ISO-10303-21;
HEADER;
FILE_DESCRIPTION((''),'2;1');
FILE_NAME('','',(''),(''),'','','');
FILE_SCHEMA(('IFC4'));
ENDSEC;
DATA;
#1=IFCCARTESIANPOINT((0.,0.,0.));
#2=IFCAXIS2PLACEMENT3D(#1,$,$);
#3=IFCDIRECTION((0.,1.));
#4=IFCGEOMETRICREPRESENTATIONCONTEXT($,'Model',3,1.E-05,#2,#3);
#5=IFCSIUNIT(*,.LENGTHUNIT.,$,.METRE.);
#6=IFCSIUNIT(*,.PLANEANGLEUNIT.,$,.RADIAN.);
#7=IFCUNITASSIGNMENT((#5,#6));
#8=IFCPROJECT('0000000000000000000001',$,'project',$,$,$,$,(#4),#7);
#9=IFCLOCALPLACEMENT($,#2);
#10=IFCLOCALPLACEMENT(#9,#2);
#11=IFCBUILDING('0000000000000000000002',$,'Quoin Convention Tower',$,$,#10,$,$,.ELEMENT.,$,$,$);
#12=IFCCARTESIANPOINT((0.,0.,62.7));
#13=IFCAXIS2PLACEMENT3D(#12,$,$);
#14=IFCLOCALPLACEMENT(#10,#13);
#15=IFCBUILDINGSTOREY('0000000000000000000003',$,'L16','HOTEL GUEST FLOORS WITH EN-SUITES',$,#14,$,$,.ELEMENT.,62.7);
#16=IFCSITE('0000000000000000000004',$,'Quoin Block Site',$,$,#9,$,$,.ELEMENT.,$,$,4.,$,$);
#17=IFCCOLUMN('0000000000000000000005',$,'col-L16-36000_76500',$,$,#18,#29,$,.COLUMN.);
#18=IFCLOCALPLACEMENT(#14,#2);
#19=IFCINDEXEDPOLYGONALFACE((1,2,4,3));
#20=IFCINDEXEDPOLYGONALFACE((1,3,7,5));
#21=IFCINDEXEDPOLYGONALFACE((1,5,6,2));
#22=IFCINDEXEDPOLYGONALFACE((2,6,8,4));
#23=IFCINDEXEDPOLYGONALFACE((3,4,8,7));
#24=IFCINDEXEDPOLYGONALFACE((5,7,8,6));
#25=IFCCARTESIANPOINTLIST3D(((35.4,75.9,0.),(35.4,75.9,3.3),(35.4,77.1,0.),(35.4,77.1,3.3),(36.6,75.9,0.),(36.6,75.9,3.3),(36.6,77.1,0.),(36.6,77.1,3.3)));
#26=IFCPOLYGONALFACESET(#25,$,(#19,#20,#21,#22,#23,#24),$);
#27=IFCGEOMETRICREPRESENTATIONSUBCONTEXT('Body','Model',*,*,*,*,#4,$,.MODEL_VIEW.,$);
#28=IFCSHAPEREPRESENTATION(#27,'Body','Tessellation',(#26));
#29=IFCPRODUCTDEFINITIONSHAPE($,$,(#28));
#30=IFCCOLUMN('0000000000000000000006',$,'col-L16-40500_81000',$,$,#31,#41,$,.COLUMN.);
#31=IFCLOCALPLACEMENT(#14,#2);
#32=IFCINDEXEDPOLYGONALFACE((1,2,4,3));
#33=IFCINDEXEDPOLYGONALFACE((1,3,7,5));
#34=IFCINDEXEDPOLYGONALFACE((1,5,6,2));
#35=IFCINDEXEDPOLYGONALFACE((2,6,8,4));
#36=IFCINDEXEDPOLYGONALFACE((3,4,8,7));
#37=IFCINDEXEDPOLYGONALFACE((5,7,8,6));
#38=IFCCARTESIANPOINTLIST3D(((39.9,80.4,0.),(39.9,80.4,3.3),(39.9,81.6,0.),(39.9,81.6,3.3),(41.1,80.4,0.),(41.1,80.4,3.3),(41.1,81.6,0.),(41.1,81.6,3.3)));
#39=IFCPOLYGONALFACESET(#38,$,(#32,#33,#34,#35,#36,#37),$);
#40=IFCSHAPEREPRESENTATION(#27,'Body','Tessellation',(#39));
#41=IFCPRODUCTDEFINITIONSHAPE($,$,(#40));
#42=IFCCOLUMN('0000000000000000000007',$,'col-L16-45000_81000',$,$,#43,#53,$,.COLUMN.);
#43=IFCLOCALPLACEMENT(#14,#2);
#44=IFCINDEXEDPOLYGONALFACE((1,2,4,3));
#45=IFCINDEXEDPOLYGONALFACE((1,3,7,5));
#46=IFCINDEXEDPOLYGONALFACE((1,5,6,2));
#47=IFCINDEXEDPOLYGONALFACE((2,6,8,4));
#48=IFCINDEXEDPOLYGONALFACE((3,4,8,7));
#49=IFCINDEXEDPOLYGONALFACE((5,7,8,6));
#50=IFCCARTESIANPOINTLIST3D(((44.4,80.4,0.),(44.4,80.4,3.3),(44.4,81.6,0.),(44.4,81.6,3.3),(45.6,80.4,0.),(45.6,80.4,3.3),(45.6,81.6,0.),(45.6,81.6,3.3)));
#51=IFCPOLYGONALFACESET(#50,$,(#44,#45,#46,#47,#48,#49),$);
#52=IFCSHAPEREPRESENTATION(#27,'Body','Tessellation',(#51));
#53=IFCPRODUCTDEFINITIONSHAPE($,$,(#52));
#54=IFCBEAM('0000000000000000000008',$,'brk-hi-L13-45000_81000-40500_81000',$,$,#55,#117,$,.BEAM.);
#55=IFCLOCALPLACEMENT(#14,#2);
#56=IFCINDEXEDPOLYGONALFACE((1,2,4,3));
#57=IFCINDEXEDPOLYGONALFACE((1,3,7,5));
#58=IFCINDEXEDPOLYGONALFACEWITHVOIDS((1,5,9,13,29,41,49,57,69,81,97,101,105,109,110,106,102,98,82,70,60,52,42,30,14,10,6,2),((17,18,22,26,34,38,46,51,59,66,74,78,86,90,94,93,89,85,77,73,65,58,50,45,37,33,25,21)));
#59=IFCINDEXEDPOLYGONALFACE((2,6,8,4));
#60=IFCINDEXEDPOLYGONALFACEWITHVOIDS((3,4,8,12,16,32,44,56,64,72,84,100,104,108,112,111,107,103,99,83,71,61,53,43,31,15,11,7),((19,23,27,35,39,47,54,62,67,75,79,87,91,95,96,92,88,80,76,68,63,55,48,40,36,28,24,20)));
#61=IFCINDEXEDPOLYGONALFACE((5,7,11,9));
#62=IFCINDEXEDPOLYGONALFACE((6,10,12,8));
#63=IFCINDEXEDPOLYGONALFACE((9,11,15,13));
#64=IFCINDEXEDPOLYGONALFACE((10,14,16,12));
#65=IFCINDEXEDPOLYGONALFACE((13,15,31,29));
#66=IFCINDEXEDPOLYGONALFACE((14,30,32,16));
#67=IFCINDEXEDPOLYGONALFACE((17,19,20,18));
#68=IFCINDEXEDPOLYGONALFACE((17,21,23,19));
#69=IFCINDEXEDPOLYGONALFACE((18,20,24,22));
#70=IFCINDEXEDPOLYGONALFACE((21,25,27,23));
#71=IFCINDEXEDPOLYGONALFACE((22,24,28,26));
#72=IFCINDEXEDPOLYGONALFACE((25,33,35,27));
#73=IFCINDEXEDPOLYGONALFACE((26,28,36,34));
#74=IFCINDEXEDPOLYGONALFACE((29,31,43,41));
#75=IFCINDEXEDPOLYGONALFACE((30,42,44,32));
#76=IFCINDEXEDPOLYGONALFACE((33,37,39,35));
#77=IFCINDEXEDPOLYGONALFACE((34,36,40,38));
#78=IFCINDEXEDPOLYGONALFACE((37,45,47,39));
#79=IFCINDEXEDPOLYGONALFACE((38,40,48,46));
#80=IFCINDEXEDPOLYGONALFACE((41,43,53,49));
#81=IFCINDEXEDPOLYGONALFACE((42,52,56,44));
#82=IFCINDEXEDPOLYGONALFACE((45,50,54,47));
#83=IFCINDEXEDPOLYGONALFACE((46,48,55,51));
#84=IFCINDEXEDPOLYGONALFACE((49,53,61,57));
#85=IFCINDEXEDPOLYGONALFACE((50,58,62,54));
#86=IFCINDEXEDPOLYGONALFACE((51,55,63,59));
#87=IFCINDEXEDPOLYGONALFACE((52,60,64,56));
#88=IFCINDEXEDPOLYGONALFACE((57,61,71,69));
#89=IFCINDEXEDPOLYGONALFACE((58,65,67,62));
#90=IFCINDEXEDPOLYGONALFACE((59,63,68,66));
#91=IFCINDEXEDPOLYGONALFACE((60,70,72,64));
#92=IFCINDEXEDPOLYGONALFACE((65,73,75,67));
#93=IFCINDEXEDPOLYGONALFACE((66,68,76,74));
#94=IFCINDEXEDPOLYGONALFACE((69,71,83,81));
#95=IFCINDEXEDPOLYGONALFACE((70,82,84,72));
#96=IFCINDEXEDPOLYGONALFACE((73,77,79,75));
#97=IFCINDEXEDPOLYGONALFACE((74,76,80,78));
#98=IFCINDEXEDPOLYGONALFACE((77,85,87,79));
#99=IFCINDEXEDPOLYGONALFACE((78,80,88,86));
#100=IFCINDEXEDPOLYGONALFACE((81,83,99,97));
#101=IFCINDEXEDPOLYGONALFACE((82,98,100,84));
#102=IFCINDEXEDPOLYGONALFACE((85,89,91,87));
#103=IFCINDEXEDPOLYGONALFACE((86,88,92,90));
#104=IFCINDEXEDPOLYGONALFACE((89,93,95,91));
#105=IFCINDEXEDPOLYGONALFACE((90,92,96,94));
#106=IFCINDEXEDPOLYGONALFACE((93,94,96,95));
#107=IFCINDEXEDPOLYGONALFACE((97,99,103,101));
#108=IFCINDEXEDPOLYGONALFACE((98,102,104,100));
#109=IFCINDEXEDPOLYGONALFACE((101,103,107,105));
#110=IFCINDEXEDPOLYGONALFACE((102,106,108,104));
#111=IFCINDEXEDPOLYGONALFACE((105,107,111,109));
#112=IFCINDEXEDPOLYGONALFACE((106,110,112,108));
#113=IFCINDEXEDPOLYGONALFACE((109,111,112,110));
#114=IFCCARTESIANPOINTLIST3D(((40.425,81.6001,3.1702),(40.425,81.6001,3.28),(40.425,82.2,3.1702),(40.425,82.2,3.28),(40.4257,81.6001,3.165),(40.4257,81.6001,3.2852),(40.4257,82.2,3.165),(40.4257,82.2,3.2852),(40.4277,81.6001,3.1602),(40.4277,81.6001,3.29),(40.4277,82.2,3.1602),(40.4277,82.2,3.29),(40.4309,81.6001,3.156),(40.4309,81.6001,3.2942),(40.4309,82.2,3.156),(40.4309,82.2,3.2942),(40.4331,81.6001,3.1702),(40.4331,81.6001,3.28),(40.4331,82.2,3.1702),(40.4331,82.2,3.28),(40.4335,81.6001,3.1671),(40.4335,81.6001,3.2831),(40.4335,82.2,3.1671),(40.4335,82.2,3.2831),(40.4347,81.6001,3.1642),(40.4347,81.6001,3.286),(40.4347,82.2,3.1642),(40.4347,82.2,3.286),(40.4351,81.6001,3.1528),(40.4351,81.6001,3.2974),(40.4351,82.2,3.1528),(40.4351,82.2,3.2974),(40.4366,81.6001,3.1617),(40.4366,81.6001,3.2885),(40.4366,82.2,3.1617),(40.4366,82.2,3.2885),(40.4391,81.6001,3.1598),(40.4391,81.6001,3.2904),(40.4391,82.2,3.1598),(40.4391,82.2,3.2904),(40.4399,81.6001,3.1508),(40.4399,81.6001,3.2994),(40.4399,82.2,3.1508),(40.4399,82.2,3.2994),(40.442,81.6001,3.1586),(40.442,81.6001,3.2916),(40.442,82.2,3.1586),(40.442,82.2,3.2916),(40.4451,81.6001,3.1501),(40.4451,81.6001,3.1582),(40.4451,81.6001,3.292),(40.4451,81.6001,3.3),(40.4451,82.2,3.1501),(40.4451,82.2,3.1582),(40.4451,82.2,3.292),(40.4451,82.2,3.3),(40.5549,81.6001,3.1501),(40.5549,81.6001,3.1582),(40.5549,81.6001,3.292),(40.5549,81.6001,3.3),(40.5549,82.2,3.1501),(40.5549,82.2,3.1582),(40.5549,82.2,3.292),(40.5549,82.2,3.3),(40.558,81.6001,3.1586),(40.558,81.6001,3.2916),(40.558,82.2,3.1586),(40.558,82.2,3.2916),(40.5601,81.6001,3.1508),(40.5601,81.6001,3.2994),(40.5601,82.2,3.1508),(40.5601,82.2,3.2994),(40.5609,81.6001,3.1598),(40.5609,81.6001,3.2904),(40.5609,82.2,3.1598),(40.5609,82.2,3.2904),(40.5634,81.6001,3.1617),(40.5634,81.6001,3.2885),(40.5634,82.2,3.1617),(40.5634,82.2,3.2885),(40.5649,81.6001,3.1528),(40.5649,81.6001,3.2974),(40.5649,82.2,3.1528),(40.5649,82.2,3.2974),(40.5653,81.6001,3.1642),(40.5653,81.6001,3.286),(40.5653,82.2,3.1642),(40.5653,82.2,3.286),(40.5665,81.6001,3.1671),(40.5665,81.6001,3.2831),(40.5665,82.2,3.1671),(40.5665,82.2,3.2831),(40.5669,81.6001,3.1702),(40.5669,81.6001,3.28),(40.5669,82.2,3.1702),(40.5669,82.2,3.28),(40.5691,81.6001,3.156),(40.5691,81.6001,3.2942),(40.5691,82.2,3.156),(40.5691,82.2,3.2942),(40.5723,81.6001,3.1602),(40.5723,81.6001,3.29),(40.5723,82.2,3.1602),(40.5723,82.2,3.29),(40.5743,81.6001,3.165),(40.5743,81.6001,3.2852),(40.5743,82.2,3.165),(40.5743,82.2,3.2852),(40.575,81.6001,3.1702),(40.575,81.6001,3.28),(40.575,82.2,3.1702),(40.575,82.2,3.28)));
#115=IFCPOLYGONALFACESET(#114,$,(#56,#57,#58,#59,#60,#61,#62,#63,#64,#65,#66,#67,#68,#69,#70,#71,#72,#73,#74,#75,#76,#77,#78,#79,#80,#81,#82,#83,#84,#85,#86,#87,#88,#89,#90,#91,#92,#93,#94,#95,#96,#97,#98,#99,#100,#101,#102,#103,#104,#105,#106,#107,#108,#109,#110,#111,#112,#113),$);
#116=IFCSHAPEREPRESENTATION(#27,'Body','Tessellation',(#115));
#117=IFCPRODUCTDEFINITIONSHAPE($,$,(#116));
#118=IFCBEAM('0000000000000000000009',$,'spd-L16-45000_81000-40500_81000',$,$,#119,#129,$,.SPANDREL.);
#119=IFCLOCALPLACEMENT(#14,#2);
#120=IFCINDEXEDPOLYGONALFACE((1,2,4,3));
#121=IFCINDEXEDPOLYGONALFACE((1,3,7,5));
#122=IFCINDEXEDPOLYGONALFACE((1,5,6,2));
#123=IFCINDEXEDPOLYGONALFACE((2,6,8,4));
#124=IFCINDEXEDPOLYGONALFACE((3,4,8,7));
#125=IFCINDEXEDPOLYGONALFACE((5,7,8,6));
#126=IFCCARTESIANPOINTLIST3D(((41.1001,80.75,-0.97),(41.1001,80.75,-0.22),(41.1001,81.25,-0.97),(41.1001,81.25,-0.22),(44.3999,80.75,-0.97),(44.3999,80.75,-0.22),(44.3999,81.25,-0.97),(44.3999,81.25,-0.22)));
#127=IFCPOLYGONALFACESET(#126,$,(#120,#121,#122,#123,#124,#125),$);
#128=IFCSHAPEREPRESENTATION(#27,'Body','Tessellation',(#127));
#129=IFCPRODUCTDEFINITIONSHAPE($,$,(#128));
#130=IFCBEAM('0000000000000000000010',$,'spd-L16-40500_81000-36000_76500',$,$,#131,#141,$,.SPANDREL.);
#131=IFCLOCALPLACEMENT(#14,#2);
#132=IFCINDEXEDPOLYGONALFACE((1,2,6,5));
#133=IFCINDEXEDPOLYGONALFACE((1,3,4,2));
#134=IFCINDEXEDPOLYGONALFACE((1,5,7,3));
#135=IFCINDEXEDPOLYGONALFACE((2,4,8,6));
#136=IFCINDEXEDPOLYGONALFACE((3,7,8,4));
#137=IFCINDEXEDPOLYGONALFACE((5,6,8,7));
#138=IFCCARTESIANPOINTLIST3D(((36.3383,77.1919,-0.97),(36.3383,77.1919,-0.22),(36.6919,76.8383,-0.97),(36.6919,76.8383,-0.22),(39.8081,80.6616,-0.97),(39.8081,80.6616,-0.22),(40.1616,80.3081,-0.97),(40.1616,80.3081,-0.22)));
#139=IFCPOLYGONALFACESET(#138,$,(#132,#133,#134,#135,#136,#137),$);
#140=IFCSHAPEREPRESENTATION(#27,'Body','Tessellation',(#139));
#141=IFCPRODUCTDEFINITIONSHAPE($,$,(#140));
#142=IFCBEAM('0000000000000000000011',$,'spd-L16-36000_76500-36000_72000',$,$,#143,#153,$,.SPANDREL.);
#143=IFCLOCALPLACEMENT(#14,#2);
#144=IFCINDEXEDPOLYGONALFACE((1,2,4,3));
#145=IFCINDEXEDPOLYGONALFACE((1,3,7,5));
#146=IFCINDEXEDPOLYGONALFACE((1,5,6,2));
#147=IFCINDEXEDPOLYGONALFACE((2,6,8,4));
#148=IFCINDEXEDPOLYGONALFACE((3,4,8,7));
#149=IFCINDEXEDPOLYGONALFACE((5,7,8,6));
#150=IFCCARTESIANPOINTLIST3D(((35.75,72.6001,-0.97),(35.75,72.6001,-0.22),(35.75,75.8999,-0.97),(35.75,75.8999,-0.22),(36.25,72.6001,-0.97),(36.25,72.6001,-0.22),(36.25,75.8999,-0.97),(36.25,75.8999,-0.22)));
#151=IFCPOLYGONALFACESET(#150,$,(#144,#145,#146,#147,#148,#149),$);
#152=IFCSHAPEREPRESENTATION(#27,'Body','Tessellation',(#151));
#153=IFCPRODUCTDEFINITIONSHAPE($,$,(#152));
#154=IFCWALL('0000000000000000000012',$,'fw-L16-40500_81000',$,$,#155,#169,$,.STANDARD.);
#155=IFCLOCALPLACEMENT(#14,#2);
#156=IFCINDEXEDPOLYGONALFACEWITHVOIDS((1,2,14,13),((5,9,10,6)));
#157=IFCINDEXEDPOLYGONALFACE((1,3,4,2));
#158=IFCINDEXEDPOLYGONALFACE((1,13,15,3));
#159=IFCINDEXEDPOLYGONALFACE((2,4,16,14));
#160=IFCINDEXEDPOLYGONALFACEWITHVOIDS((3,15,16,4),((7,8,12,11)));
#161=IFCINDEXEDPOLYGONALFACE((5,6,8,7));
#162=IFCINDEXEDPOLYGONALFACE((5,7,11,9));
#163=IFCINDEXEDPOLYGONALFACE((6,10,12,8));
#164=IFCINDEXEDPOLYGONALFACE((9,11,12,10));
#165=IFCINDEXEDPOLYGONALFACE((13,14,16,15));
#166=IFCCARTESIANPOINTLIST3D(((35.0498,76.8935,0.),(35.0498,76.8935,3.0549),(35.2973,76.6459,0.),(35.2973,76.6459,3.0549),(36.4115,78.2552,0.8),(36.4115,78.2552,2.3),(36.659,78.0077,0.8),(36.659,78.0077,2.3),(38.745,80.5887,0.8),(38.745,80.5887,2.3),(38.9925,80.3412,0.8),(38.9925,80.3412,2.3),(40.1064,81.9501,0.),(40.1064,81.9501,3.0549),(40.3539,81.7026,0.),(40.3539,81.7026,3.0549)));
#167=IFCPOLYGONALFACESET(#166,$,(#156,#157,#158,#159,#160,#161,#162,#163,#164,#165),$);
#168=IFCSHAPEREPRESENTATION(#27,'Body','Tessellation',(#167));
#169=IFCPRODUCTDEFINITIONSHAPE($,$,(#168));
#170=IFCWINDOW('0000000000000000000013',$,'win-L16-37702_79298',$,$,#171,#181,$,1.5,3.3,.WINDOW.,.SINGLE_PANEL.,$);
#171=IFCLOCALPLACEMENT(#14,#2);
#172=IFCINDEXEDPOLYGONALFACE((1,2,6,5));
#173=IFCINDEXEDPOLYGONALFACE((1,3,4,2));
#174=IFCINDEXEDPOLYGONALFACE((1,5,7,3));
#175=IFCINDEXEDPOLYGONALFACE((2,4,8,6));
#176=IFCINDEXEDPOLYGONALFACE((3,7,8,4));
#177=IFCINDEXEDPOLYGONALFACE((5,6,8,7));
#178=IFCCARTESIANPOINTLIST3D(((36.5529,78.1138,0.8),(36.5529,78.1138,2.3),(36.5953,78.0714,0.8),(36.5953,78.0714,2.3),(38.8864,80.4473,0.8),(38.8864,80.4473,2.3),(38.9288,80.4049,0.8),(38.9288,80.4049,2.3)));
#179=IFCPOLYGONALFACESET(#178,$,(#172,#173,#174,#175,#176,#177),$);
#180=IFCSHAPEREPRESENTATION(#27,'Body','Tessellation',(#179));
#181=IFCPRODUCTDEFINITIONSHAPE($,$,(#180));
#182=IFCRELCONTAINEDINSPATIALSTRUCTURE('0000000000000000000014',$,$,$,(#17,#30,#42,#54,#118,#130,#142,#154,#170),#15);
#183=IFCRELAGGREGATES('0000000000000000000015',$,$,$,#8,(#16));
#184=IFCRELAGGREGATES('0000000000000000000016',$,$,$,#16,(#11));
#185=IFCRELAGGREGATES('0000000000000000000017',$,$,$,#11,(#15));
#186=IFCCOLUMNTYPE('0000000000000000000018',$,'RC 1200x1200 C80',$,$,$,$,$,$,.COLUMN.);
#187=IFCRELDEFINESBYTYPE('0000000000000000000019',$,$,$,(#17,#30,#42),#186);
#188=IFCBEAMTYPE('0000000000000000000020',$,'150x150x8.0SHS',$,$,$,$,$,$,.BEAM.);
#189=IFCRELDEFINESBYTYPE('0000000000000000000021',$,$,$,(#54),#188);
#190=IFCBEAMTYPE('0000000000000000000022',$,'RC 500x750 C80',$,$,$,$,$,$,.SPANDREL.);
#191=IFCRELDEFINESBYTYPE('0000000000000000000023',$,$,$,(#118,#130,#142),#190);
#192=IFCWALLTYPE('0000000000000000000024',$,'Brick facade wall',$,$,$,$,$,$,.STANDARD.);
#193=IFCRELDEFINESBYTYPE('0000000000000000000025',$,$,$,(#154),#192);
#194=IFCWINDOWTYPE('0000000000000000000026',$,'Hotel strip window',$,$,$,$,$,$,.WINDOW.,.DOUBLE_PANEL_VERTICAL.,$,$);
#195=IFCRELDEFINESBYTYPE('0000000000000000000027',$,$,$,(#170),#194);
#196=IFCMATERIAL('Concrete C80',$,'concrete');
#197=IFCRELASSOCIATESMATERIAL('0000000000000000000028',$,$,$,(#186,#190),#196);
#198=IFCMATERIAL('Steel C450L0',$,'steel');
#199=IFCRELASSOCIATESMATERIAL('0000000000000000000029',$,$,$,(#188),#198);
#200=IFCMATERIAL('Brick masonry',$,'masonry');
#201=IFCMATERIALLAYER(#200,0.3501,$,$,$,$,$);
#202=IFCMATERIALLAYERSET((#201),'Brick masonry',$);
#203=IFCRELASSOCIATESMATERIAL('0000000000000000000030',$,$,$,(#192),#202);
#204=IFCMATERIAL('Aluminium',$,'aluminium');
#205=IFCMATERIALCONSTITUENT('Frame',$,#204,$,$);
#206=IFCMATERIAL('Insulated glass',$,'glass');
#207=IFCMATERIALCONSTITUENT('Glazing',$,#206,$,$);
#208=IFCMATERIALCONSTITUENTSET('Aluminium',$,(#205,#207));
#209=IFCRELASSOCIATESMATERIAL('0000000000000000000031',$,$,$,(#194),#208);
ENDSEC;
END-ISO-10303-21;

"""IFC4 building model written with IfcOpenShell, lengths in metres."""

from ifc_helpers import new_model, si_unit, direction, frame, frame_2d, origin, origin_2d, place, context, subcontext, project, spatial, rectangle, hollow_rectangle, extrude, material, layer, layer_set, constituent, constituent_set, material_profile, profile_set, type_object, element, fill, save


model = new_model("IFC4")

# Units and contexts
model_context = context("Model", 3, precision=1e-05, world=origin(), true_north=direction((0.0, 1.0)))
body_context = subcontext(model_context, "Body", "Model", "MODEL_VIEW")
ifc_project = project(units=[si_unit("LENGTHUNIT", "METRE"), si_unit("PLANEANGLEUNIT", "RADIAN")], contexts=[model_context])

# Site, building, storey
site_placement = place(None, origin())
site = spatial("IfcSite", under=ifc_project, at=site_placement, Name="Quoin Block Site", CompositionType="ELEMENT", RefElevation=4.0)
building_placement = place(site_placement, origin())
building = spatial("IfcBuilding", under=site, at=building_placement, Name="Quoin Convention Tower", CompositionType="ELEMENT")
storey_placement = place(building_placement, frame((0.0, 0.0, 62.7)))
storey = spatial("IfcBuildingStorey", under=building, at=storey_placement, Name="L16", Description="HOTEL GUEST FLOORS WITH EN-SUITES", CompositionType="ELEMENT", Elevation=62.7)

# Columns
ifc_material_1 = material(Name="Concrete C80", Category="concrete")
ifc_material_profile_1 = material_profile(ifc_material_1, rectangle(XDim=1.2, YDim=1.2, at=origin_2d()), Name="RC 1200x1200")
ifc_profile_set_1 = profile_set([ifc_material_profile_1], Name="Concrete C80")
column_type = type_object("IfcColumnType", Name="RC 1200x1200 C80", PredefinedType="COLUMN", material=ifc_profile_set_1)
for number, where, z_axis, x_axis, name in (
    (1, (36.0, 76.5, 0.0), (0.0, 0.0, 1.0), (1.0, 0.0, 0.0), "col-L16-36000_76500"),
    (2, (40.5, 81.0, 0.0), (0.0, 0.0, 1.0), (1.0, 0.0, 0.0), "col-L16-40500_81000"),
    (3, (45.0, 81.0, 0.0), (0.0, 0.0, 1.0), (1.0, 0.0, 0.0), "col-L16-45000_81000"),
):
    element("IfcColumn", number, at=place(storey_placement, frame(where, z_axis=z_axis, x_axis=x_axis)), inside=storey, type_object=column_type, Name=name, PredefinedType="COLUMN", context=body_context, shape_type="SweptSolid", body=[
        extrude(rectangle(XDim=1.2, YDim=1.2, at=origin_2d()), origin(), (0.0, 0.0, 1.0), 3.3),
    ])

# Beams
ifc_material_2 = material(Name="Steel C450L0", Category="steel")
ifc_material_profile_2 = material_profile(ifc_material_2, hollow_rectangle(XDim=0.1499, YDim=0.1499, WallThickness=0.0081, InnerFilletRadius=0.012, OuterFilletRadius=0.02, at=origin_2d()), Name="150x150x8.0SHS")
ifc_profile_set_2 = profile_set([ifc_material_profile_2], Name="Steel C450L0")
beam_type_1 = type_object("IfcBeamType", Name="150x150x8.0SHS", PredefinedType="BEAM", material=ifc_profile_set_2)
beam_1_placement = place(storey_placement, frame((40.5, 81.6001, 3.2251), z_axis=(0.0, 1.0, 0.0), x_axis=(-1.0, 0.0, 0.0)))
element("IfcBeam", 4, at=beam_1_placement, inside=storey, type_object=beam_type_1, Name="brk-hi-L13-45000_81000-40500_81000", PredefinedType="BEAM", context=body_context, shape_type="SweptSolid", body=[
    extrude(hollow_rectangle(XDim=0.1499, YDim=0.1499, WallThickness=0.0081, InnerFilletRadius=0.012, OuterFilletRadius=0.02, at=origin_2d()), origin(), (0.0, 0.0, 1.0), 0.5999),
])
ifc_material_profile_3 = material_profile(ifc_material_1, rectangle(XDim=0.5, YDim=0.75, at=origin_2d()), Name="RC 500x750")
ifc_profile_set_3 = profile_set([ifc_material_profile_3], Name="Concrete C80")
beam_type_2 = type_object("IfcBeamType", Name="RC 500x750 C80", PredefinedType="SPANDREL", material=ifc_profile_set_3)
beam_2_placement = place(storey_placement, frame((44.3999, 81.0, -0.595), z_axis=(-1.0, 0.0, 0.0), x_axis=(0.0, -1.0, 0.0)))
element("IfcBeam", 5, at=beam_2_placement, inside=storey, type_object=beam_type_2, Name="spd-L16-45000_81000-40500_81000", PredefinedType="SPANDREL", context=body_context, shape_type="SweptSolid", body=[
    extrude(rectangle(XDim=0.5, YDim=0.75, at=origin_2d()), origin(), (0.0, 0.0, 1.0), 3.2998),
])
beam_3_placement = place(storey_placement, frame((39.9849, 80.4849, -0.595), z_axis=(-0.707107, -0.707107, 0.0), x_axis=(0.707107, -0.707107, 0.0)))
element("IfcBeam", 6, at=beam_3_placement, inside=storey, type_object=beam_type_2, Name="spd-L16-40500_81000-36000_76500", PredefinedType="SPANDREL", context=body_context, shape_type="SweptSolid", body=[
    extrude(rectangle(XDim=0.5, YDim=0.75, at=origin_2d()), origin(), (0.0, 0.0, 1.0), 4.907),
])
beam_4_placement = place(storey_placement, frame((36.0, 75.8999, -0.595), z_axis=(0.0, -1.0, 0.0), x_axis=(1.0, 0.0, 0.0)))
element("IfcBeam", 7, at=beam_4_placement, inside=storey, type_object=beam_type_2, Name="spd-L16-36000_76500-36000_72000", PredefinedType="SPANDREL", context=body_context, shape_type="SweptSolid", body=[
    extrude(rectangle(XDim=0.5, YDim=0.75, at=origin_2d()), origin(), (0.0, 0.0, 1.0), 3.2998),
])

# Wall, opening, window
ifc_material_3 = material(Name="Brick masonry", Category="masonry")
ifc_layer_1 = layer(ifc_material_3, 0.3501)
ifc_layer_set_1 = layer_set([ifc_layer_1], Name="Brick masonry")
wall_type_1 = type_object("IfcWallType", Name="Brick facade wall", PredefinedType="STANDARD", material=ifc_layer_set_1)
wall_1_placement = place(storey_placement, frame((40.2302, 81.8264, 0.0), z_axis=(0.0, 0.0, 1.0), x_axis=(-0.707107, -0.707107, 0.0)))
wall_1 = element("IfcWall", 8, at=wall_1_placement, inside=storey, type_object=wall_type_1, Name="fw-L16-40500_81000", PredefinedType="STANDARD", context=body_context, shape_type="SweptSolid", body=[
    extrude(rectangle(XDim=7.1511, YDim=0.3501, at=frame_2d((3.5757, 0.0))), origin(), (0.0, 0.0, 1.0), 3.0549),
])
opening_1_placement = place(wall_1_placement, frame((1.9255, 0.0, 0.8)))
opening_1 = element("IfcOpeningElement", 9, at=opening_1_placement, cuts=wall_1, PredefinedType="OPENING", context=body_context, shape_type="SweptSolid", body=[
    extrude(rectangle(XDim=3.3, YDim=1.5, at=frame_2d((1.6499, 0.75))), frame((0.0, 0.1851, 0.0), z_axis=(0.0, -1.0, 0.0), x_axis=(1.0, 0.0, 0.0)), (0.0, 0.0, 1.0), 0.3701),
])
ifc_material_4 = material(Name="Aluminium", Category="aluminium")
ifc_constituent_1 = constituent(ifc_material_4, Name="Frame")
ifc_material_5 = material(Name="Insulated glass", Category="glass")
ifc_constituent_2 = constituent(ifc_material_5, Name="Glazing")
ifc_constituent_set = constituent_set(constituents=[ifc_constituent_1, ifc_constituent_2], Name="Aluminium")
window_type = type_object("IfcWindowType", Name="Hotel strip window", PartitioningType="DOUBLE_PANEL_VERTICAL", PredefinedType="WINDOW", material=ifc_constituent_set)
window_placement = place(opening_1_placement, origin())
window = element("IfcWindow", 10, at=window_placement, inside=storey, type_object=window_type, Name="win-L16-37702_79298", OverallHeight=1.5, OverallWidth=3.3, PartitioningType="SINGLE_PANEL", PredefinedType="WINDOW", context=body_context, shape_type="SweptSolid", body=[
    extrude(rectangle(XDim=3.3, YDim=1.5, at=frame_2d((1.6499, 0.75))), frame((0.0, 0.085, 0.0), z_axis=(0.0, -1.0, 0.0), x_axis=(1.0, 0.0, 0.0)), (0.0, 0.0, 1.0), 0.0601),
])
fill(opening_1, window)

save(model, "model.ifc")
